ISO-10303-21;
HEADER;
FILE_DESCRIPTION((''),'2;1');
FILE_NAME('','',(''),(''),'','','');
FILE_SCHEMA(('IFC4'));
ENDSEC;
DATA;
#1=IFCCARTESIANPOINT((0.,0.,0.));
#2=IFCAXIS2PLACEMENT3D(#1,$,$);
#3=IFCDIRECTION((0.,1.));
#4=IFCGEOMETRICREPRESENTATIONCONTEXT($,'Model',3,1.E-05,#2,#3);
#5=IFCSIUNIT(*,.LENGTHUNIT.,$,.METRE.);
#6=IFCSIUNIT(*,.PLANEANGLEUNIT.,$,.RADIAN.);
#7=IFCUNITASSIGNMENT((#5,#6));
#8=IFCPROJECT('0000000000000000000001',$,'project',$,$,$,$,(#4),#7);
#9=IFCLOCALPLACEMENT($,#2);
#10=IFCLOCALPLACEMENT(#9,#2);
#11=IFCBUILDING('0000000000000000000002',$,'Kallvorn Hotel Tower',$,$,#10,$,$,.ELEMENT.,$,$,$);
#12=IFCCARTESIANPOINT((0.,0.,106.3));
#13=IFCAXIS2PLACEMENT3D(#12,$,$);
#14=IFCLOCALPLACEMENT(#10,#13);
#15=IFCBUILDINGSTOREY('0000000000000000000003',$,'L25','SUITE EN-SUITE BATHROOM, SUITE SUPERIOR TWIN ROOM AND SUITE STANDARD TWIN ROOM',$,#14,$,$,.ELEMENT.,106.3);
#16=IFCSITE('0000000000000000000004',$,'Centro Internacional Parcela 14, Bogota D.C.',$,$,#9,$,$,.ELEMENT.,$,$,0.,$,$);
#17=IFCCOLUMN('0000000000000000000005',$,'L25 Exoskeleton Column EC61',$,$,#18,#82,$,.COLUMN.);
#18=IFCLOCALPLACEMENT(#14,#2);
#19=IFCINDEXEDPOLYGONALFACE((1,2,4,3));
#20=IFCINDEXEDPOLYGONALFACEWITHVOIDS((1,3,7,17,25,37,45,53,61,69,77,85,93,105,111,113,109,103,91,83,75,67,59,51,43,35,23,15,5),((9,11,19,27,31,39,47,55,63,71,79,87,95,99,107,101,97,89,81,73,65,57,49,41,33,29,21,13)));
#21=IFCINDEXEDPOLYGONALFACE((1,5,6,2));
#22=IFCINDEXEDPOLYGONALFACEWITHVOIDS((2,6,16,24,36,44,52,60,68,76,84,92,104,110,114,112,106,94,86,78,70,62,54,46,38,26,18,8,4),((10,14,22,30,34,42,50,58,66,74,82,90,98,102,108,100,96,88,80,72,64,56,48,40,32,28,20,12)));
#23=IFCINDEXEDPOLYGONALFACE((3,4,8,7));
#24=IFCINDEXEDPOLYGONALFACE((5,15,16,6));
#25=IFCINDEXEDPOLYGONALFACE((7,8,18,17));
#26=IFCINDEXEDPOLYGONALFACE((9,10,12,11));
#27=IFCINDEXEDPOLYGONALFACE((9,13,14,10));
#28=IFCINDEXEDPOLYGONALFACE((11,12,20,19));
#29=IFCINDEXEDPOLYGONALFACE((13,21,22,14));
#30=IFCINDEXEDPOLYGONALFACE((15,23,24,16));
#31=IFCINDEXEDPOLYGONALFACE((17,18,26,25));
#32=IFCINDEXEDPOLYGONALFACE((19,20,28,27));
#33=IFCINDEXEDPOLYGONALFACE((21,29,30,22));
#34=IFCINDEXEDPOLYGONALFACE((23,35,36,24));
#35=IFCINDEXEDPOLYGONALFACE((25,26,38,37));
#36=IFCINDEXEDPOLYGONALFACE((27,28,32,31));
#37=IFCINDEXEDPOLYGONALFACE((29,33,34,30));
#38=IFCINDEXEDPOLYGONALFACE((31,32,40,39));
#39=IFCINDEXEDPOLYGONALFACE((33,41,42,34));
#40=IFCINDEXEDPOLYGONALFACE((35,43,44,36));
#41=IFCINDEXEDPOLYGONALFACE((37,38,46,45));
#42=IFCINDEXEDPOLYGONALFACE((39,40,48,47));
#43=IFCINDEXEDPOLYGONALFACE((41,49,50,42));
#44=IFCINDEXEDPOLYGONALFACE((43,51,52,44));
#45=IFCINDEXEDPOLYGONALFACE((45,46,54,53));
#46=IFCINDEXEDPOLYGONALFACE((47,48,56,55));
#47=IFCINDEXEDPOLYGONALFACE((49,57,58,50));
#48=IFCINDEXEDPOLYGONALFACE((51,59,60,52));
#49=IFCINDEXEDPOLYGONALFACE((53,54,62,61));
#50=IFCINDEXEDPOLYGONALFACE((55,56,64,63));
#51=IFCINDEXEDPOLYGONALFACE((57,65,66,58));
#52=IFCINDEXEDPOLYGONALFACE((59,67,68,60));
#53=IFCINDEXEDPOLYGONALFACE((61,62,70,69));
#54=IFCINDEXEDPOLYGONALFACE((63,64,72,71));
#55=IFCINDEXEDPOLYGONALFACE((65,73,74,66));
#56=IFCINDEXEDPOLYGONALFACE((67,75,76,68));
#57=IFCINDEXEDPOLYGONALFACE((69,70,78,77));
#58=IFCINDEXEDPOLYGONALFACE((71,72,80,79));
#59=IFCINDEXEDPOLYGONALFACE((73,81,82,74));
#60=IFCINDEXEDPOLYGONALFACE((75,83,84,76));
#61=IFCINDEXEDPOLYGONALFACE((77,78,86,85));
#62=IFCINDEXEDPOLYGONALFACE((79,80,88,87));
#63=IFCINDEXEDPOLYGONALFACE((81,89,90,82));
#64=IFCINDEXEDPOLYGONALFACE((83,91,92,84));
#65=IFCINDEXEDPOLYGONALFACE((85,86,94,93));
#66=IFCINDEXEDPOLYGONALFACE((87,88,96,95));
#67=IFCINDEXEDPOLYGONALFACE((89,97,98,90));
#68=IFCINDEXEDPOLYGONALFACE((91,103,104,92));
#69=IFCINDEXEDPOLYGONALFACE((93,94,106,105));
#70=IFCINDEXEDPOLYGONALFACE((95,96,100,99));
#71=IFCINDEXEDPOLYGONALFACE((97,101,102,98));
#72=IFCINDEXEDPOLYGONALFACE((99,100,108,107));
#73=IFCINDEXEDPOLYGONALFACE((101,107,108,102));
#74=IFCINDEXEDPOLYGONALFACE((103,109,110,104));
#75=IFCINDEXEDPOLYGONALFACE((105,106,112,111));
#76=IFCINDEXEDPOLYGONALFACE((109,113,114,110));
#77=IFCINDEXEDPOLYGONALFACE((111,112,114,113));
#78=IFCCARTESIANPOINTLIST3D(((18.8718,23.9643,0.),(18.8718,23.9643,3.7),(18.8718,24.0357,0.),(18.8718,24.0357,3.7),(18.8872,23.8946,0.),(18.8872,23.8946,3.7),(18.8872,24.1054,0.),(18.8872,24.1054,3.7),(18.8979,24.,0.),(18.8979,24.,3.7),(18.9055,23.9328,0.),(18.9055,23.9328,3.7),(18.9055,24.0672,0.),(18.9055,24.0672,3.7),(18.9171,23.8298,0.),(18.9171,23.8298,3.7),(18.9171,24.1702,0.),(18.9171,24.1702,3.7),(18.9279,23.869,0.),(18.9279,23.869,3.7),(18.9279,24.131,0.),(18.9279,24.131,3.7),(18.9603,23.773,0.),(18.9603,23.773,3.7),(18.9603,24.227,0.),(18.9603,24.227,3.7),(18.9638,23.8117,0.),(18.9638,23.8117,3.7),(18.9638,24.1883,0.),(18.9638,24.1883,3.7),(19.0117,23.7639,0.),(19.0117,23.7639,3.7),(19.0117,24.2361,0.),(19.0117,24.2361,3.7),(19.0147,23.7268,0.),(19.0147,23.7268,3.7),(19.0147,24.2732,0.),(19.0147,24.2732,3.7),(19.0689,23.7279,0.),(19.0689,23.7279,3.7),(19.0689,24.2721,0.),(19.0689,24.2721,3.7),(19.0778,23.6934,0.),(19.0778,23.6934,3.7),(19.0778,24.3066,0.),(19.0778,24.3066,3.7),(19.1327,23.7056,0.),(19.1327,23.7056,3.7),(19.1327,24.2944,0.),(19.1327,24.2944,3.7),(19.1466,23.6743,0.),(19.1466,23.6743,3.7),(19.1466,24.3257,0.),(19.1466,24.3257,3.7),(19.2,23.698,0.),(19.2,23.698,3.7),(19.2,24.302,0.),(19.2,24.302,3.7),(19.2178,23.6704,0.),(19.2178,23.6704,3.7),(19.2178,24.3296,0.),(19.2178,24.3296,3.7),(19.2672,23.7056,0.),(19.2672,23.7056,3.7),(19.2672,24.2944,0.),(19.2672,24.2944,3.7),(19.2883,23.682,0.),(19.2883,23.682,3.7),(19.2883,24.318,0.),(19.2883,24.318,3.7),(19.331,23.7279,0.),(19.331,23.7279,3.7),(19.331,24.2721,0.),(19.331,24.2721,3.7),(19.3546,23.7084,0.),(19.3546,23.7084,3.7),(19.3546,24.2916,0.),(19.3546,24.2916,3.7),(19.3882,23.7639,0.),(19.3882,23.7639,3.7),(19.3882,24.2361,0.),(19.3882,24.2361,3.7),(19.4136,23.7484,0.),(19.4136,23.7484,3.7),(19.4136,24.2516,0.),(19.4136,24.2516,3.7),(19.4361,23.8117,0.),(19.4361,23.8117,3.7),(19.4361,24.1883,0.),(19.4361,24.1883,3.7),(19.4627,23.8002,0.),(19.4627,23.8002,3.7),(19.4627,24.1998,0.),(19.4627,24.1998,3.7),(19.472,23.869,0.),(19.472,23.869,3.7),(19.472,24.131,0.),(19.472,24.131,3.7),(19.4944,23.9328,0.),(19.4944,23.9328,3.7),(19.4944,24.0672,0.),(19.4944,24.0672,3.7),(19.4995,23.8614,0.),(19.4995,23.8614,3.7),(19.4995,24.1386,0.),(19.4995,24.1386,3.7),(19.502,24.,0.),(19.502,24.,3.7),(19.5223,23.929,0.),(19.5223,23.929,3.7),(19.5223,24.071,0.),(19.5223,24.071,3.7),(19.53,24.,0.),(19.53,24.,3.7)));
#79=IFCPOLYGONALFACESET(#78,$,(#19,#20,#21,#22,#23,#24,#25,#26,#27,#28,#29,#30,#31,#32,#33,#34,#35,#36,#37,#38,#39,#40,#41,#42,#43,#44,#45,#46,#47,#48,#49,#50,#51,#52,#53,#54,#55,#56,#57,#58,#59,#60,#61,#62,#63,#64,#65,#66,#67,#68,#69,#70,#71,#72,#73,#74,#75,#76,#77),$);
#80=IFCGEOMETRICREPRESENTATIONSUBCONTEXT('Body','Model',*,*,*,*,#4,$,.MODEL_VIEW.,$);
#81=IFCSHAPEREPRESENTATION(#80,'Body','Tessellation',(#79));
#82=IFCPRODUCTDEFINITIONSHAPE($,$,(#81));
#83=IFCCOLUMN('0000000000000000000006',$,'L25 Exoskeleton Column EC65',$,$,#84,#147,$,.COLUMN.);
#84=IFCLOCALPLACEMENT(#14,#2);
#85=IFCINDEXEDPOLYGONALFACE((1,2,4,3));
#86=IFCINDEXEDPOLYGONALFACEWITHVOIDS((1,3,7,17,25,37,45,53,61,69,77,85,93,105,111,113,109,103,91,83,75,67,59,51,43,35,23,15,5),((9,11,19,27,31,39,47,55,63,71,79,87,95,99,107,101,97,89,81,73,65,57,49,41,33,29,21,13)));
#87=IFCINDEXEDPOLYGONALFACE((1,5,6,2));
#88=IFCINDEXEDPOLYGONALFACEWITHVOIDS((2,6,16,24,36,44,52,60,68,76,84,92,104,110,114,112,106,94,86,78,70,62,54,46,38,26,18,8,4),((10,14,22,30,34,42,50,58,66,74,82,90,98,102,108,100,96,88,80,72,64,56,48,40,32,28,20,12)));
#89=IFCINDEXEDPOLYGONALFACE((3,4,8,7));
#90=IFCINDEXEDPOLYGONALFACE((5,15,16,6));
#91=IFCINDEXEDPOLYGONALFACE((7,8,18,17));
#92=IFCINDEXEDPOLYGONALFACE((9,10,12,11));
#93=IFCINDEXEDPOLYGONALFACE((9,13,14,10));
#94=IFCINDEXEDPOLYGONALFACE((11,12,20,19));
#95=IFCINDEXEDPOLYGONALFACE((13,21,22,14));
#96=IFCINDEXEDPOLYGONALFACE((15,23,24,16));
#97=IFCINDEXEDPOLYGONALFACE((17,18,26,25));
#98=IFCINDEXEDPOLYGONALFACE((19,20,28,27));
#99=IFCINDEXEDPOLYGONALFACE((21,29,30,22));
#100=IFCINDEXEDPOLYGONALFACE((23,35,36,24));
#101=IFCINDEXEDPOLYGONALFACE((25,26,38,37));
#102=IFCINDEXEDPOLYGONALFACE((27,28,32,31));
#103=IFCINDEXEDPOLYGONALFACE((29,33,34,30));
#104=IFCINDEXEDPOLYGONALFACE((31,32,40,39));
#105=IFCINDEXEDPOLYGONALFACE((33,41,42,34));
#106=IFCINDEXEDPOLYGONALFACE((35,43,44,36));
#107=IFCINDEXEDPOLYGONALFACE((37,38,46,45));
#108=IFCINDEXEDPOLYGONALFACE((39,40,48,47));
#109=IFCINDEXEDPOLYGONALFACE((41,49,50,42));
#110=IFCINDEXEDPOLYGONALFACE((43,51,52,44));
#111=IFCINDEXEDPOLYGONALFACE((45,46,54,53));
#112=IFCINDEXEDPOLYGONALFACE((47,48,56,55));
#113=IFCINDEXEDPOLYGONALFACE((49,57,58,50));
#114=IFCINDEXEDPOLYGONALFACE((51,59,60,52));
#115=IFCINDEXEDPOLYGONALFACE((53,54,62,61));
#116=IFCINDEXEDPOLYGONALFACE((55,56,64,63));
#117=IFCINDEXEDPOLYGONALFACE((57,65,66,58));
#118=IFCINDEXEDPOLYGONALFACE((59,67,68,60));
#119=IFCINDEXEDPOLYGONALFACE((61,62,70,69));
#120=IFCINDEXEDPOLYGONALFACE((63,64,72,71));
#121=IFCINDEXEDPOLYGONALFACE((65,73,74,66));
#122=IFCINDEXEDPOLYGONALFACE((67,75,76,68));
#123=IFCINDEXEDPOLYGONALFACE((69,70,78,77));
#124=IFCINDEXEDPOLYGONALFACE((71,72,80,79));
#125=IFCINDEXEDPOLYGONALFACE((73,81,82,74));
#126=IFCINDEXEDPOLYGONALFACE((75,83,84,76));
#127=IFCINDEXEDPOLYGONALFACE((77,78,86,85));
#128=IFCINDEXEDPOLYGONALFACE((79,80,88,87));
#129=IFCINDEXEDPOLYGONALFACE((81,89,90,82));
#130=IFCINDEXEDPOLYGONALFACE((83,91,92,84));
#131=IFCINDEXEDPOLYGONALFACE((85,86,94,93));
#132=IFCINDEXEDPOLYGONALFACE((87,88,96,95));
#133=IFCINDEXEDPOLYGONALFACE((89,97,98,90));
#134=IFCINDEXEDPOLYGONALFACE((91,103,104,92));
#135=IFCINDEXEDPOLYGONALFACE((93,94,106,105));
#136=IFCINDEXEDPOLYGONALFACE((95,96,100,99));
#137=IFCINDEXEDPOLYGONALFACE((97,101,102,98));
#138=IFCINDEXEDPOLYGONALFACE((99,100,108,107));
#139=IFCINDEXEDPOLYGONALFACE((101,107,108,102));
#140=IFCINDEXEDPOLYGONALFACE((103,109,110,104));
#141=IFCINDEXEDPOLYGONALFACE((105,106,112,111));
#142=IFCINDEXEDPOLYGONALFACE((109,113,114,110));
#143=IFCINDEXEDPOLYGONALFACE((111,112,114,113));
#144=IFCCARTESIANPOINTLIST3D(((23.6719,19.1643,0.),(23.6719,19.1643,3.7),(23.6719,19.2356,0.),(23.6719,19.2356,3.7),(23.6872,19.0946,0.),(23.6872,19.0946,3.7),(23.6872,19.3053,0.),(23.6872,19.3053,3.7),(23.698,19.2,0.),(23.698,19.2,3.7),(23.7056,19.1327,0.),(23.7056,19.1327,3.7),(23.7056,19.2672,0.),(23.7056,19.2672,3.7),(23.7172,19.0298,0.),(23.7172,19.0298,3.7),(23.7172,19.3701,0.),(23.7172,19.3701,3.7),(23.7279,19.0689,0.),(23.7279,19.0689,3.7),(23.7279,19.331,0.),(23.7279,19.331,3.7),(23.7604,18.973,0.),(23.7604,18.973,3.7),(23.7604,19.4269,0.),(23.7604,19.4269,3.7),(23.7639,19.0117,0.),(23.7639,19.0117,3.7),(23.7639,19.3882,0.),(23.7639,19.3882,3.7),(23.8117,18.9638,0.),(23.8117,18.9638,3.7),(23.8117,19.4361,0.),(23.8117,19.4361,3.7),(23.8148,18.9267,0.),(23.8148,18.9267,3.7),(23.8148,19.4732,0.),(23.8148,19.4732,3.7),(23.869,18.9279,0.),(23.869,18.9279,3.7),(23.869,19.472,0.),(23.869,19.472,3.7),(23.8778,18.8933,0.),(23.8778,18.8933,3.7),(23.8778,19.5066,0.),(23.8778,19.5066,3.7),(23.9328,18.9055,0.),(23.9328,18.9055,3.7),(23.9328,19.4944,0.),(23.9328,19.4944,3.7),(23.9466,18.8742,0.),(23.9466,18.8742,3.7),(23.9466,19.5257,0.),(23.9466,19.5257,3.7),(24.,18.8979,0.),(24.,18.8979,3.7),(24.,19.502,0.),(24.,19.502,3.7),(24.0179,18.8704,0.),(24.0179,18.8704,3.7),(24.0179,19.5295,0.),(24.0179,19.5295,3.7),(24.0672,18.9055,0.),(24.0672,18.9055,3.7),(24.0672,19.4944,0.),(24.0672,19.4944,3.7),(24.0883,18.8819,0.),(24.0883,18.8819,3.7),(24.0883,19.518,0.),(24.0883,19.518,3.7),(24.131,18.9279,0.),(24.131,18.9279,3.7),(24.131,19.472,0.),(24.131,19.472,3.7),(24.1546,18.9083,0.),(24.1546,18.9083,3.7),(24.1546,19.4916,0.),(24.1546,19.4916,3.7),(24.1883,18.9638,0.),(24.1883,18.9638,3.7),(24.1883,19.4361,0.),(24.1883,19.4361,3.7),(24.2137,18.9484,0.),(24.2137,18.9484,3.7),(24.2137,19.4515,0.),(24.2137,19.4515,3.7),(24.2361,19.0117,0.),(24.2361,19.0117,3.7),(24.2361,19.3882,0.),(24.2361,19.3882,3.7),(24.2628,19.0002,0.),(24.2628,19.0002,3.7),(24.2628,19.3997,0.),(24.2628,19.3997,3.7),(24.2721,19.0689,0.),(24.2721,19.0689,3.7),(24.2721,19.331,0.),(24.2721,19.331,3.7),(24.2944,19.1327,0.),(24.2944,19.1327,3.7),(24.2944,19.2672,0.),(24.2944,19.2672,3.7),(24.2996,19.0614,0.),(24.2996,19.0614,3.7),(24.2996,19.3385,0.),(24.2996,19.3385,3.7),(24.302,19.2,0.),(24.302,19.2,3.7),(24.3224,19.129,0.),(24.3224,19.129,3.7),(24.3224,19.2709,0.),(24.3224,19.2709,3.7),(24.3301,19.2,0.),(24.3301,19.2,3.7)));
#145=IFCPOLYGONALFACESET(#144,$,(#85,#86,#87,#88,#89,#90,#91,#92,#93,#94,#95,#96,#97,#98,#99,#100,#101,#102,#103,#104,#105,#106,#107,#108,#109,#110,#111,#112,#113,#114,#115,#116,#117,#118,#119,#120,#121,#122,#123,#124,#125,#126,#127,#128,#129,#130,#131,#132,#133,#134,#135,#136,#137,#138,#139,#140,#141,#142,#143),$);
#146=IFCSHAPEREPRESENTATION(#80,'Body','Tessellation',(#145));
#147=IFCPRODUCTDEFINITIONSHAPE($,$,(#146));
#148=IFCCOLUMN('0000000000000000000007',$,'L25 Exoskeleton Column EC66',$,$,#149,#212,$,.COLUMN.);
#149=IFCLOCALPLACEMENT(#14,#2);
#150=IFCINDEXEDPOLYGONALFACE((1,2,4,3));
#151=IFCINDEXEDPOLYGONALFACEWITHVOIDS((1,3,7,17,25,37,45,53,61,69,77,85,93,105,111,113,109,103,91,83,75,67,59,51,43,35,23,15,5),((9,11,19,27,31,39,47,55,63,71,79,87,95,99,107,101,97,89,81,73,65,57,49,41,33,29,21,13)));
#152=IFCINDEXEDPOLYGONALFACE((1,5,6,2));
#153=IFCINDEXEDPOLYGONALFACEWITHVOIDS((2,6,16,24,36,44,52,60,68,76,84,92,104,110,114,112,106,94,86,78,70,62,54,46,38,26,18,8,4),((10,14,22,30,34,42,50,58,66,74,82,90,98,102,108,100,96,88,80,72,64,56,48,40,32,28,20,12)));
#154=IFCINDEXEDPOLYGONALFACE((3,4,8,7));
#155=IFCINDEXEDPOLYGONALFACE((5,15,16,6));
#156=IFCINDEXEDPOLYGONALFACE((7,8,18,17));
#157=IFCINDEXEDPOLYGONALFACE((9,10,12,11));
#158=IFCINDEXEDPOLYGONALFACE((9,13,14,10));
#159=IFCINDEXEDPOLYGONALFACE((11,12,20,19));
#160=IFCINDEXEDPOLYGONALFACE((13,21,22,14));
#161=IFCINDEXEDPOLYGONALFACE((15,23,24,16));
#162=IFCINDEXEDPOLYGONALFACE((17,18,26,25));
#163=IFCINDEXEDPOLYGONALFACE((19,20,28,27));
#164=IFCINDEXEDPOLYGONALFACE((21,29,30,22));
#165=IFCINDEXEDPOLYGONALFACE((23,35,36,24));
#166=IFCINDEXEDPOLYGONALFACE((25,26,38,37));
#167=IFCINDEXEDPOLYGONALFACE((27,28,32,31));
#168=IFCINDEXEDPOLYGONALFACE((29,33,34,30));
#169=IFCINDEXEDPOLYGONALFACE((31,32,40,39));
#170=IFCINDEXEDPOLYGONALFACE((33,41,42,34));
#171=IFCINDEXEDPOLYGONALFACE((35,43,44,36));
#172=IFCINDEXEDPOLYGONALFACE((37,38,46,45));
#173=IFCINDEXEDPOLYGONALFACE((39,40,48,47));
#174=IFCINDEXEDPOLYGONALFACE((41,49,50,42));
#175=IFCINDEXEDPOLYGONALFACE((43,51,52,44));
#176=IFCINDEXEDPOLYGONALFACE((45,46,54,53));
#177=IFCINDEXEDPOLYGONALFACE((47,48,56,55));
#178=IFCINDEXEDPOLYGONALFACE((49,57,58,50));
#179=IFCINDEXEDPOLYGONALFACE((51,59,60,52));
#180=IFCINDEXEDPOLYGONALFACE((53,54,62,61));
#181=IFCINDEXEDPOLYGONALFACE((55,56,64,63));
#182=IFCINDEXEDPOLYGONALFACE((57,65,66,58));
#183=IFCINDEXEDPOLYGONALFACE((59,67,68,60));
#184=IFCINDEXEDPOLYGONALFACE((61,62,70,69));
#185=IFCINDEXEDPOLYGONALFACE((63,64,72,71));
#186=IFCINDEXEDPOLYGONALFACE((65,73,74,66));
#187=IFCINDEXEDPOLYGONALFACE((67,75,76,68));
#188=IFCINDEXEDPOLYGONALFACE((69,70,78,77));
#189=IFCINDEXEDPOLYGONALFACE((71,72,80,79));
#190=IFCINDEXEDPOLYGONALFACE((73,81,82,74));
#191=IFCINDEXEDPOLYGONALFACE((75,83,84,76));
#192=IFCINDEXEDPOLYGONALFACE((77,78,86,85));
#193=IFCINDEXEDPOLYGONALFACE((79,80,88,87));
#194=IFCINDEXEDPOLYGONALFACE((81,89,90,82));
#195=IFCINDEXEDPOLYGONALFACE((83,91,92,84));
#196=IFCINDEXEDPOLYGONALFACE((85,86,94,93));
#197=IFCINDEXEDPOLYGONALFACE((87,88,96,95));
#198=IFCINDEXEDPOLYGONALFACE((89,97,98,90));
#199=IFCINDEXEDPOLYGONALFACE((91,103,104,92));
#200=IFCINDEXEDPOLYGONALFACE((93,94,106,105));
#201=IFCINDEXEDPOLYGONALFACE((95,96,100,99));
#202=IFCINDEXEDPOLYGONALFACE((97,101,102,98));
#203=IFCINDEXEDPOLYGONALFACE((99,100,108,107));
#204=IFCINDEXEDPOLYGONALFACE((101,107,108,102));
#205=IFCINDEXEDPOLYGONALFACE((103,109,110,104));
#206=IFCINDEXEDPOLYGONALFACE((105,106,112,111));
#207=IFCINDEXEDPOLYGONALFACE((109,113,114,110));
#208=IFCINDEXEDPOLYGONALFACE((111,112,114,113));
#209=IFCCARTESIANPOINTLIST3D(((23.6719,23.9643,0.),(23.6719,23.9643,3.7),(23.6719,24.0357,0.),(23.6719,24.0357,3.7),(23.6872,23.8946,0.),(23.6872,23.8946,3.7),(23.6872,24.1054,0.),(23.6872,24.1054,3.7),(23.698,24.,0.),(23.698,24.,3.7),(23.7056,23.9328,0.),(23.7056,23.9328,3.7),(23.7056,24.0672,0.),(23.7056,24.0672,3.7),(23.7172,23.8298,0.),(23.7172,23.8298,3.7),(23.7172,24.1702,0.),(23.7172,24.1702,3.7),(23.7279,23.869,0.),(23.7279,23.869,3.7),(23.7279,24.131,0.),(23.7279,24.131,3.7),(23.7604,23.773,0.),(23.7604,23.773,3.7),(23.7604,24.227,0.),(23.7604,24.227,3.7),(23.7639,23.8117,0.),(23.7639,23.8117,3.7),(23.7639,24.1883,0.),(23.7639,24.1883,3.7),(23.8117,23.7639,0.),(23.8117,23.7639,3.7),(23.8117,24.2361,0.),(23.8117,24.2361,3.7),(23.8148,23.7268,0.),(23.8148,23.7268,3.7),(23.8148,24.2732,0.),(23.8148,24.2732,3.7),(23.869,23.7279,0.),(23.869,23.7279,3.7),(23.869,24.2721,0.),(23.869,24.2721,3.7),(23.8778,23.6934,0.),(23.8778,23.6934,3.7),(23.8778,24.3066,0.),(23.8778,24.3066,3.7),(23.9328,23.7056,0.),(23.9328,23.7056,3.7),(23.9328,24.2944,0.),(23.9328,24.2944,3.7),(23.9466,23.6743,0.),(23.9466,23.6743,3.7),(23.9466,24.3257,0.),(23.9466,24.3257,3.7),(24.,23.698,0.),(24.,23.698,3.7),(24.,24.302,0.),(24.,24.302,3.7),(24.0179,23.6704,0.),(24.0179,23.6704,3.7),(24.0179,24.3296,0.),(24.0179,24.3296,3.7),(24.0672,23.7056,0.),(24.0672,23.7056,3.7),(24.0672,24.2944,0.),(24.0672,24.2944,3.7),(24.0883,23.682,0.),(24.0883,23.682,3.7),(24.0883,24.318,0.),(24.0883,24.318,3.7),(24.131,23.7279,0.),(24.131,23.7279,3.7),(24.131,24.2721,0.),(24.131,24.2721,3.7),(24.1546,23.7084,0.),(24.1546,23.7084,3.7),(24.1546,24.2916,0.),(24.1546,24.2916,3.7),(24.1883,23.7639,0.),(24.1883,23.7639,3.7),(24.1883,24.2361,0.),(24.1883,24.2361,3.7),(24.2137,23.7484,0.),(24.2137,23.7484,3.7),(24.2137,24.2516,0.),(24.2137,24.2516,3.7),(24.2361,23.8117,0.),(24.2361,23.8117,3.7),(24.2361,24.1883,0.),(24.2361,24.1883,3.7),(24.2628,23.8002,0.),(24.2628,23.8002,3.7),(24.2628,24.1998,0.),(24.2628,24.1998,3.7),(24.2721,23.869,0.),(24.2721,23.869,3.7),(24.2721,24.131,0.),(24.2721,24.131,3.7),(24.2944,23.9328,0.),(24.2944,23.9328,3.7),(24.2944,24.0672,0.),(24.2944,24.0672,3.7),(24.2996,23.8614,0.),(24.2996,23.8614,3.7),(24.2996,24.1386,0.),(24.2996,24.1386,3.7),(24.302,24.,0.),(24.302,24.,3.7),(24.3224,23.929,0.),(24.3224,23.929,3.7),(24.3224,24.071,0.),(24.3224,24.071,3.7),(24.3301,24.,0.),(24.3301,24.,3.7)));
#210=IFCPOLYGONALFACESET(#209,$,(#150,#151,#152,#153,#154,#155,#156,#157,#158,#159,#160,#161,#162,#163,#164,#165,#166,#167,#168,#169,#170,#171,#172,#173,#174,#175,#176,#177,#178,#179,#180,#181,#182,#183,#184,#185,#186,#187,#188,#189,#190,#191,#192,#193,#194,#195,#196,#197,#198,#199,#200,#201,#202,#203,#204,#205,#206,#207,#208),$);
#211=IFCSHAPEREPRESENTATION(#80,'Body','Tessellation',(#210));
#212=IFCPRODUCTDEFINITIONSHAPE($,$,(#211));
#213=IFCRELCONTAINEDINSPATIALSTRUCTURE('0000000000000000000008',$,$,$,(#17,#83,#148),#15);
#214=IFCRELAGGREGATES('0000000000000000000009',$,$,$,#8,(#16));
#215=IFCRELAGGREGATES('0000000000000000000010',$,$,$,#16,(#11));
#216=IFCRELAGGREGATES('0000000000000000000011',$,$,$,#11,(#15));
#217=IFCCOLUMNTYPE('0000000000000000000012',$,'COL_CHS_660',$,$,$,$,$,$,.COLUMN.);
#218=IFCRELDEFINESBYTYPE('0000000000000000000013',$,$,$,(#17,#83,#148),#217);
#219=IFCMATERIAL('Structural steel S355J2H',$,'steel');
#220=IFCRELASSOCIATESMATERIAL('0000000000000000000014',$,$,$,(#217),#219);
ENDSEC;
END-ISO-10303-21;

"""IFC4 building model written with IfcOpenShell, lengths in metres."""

from ifc_helpers import new_model, si_unit, direction, frame, origin, origin_2d, place, context, subcontext, project, spatial, hollow_circle, extrude, material, material_profile, profile_set, type_object, element, save


model = new_model("IFC4")

# Units and contexts
model_context = context("Model", 3, precision=1e-05, world=origin(), true_north=direction((0.0, 1.0)))
body_context = subcontext(model_context, "Body", "Model", "MODEL_VIEW")
ifc_project = project(units=[si_unit("LENGTHUNIT", "METRE"), si_unit("PLANEANGLEUNIT", "RADIAN")], contexts=[model_context])

# Site, building, storey
site_placement = place(None, origin())
site = spatial("IfcSite", under=ifc_project, at=site_placement, Name="Centro Internacional Parcela 14, Bogota D.C.", CompositionType="ELEMENT", RefElevation=0.0)
building_placement = place(site_placement, origin())
building = spatial("IfcBuilding", under=site, at=building_placement, Name="Kallvorn Hotel Tower", CompositionType="ELEMENT")
storey_placement = place(building_placement, frame((0.0, 0.0, 106.3)))
storey = spatial("IfcBuildingStorey", under=building, at=storey_placement, Name="L25", Description="SUITE EN-SUITE BATHROOM, SUITE SUPERIOR TWIN ROOM AND SUITE STANDARD TWIN ROOM", CompositionType="ELEMENT", Elevation=106.3)

# Columns
ifc_material_1 = material(Name="Structural steel S355J2H", Category="steel")
ifc_material_profile_1 = material_profile(ifc_material_1, hollow_circle(Radius=0.3301, WallThickness=0.0281, at=origin_2d()), Name="CHS 660x28")
ifc_profile_set_1 = profile_set([ifc_material_profile_1], Name="Structural steel S355J2H")
column_type_1 = type_object("IfcColumnType", Name="COL_CHS_660", PredefinedType="COLUMN", material=ifc_profile_set_1)
for number, where, z_axis, x_axis, name in (
    (1, (19.2, 24.0, 0.0), (0.0, 0.0, 1.0), (1.0, 0.0, 0.0), "L25 Exoskeleton Column EC61"),
    (2, (24.0, 19.2, 0.0), (0.0, 0.0, 1.0), (1.0, 0.0, 0.0), "L25 Exoskeleton Column EC65"),
    (3, (24.0, 24.0, 0.0), (0.0, 0.0, 1.0), (1.0, 0.0, 0.0), "L25 Exoskeleton Column EC66"),
):
    element("IfcColumn", number, at=place(storey_placement, frame(where, z_axis=z_axis, x_axis=x_axis)), inside=storey, type_object=column_type_1, Name=name, PredefinedType="COLUMN", context=body_context, shape_type="SweptSolid", body=[
        extrude(hollow_circle(Radius=0.3301, WallThickness=0.0281, at=origin_2d()), origin(), (0.0, 0.0, 1.0), 3.7),
    ])

save(model, "model.ifc")
